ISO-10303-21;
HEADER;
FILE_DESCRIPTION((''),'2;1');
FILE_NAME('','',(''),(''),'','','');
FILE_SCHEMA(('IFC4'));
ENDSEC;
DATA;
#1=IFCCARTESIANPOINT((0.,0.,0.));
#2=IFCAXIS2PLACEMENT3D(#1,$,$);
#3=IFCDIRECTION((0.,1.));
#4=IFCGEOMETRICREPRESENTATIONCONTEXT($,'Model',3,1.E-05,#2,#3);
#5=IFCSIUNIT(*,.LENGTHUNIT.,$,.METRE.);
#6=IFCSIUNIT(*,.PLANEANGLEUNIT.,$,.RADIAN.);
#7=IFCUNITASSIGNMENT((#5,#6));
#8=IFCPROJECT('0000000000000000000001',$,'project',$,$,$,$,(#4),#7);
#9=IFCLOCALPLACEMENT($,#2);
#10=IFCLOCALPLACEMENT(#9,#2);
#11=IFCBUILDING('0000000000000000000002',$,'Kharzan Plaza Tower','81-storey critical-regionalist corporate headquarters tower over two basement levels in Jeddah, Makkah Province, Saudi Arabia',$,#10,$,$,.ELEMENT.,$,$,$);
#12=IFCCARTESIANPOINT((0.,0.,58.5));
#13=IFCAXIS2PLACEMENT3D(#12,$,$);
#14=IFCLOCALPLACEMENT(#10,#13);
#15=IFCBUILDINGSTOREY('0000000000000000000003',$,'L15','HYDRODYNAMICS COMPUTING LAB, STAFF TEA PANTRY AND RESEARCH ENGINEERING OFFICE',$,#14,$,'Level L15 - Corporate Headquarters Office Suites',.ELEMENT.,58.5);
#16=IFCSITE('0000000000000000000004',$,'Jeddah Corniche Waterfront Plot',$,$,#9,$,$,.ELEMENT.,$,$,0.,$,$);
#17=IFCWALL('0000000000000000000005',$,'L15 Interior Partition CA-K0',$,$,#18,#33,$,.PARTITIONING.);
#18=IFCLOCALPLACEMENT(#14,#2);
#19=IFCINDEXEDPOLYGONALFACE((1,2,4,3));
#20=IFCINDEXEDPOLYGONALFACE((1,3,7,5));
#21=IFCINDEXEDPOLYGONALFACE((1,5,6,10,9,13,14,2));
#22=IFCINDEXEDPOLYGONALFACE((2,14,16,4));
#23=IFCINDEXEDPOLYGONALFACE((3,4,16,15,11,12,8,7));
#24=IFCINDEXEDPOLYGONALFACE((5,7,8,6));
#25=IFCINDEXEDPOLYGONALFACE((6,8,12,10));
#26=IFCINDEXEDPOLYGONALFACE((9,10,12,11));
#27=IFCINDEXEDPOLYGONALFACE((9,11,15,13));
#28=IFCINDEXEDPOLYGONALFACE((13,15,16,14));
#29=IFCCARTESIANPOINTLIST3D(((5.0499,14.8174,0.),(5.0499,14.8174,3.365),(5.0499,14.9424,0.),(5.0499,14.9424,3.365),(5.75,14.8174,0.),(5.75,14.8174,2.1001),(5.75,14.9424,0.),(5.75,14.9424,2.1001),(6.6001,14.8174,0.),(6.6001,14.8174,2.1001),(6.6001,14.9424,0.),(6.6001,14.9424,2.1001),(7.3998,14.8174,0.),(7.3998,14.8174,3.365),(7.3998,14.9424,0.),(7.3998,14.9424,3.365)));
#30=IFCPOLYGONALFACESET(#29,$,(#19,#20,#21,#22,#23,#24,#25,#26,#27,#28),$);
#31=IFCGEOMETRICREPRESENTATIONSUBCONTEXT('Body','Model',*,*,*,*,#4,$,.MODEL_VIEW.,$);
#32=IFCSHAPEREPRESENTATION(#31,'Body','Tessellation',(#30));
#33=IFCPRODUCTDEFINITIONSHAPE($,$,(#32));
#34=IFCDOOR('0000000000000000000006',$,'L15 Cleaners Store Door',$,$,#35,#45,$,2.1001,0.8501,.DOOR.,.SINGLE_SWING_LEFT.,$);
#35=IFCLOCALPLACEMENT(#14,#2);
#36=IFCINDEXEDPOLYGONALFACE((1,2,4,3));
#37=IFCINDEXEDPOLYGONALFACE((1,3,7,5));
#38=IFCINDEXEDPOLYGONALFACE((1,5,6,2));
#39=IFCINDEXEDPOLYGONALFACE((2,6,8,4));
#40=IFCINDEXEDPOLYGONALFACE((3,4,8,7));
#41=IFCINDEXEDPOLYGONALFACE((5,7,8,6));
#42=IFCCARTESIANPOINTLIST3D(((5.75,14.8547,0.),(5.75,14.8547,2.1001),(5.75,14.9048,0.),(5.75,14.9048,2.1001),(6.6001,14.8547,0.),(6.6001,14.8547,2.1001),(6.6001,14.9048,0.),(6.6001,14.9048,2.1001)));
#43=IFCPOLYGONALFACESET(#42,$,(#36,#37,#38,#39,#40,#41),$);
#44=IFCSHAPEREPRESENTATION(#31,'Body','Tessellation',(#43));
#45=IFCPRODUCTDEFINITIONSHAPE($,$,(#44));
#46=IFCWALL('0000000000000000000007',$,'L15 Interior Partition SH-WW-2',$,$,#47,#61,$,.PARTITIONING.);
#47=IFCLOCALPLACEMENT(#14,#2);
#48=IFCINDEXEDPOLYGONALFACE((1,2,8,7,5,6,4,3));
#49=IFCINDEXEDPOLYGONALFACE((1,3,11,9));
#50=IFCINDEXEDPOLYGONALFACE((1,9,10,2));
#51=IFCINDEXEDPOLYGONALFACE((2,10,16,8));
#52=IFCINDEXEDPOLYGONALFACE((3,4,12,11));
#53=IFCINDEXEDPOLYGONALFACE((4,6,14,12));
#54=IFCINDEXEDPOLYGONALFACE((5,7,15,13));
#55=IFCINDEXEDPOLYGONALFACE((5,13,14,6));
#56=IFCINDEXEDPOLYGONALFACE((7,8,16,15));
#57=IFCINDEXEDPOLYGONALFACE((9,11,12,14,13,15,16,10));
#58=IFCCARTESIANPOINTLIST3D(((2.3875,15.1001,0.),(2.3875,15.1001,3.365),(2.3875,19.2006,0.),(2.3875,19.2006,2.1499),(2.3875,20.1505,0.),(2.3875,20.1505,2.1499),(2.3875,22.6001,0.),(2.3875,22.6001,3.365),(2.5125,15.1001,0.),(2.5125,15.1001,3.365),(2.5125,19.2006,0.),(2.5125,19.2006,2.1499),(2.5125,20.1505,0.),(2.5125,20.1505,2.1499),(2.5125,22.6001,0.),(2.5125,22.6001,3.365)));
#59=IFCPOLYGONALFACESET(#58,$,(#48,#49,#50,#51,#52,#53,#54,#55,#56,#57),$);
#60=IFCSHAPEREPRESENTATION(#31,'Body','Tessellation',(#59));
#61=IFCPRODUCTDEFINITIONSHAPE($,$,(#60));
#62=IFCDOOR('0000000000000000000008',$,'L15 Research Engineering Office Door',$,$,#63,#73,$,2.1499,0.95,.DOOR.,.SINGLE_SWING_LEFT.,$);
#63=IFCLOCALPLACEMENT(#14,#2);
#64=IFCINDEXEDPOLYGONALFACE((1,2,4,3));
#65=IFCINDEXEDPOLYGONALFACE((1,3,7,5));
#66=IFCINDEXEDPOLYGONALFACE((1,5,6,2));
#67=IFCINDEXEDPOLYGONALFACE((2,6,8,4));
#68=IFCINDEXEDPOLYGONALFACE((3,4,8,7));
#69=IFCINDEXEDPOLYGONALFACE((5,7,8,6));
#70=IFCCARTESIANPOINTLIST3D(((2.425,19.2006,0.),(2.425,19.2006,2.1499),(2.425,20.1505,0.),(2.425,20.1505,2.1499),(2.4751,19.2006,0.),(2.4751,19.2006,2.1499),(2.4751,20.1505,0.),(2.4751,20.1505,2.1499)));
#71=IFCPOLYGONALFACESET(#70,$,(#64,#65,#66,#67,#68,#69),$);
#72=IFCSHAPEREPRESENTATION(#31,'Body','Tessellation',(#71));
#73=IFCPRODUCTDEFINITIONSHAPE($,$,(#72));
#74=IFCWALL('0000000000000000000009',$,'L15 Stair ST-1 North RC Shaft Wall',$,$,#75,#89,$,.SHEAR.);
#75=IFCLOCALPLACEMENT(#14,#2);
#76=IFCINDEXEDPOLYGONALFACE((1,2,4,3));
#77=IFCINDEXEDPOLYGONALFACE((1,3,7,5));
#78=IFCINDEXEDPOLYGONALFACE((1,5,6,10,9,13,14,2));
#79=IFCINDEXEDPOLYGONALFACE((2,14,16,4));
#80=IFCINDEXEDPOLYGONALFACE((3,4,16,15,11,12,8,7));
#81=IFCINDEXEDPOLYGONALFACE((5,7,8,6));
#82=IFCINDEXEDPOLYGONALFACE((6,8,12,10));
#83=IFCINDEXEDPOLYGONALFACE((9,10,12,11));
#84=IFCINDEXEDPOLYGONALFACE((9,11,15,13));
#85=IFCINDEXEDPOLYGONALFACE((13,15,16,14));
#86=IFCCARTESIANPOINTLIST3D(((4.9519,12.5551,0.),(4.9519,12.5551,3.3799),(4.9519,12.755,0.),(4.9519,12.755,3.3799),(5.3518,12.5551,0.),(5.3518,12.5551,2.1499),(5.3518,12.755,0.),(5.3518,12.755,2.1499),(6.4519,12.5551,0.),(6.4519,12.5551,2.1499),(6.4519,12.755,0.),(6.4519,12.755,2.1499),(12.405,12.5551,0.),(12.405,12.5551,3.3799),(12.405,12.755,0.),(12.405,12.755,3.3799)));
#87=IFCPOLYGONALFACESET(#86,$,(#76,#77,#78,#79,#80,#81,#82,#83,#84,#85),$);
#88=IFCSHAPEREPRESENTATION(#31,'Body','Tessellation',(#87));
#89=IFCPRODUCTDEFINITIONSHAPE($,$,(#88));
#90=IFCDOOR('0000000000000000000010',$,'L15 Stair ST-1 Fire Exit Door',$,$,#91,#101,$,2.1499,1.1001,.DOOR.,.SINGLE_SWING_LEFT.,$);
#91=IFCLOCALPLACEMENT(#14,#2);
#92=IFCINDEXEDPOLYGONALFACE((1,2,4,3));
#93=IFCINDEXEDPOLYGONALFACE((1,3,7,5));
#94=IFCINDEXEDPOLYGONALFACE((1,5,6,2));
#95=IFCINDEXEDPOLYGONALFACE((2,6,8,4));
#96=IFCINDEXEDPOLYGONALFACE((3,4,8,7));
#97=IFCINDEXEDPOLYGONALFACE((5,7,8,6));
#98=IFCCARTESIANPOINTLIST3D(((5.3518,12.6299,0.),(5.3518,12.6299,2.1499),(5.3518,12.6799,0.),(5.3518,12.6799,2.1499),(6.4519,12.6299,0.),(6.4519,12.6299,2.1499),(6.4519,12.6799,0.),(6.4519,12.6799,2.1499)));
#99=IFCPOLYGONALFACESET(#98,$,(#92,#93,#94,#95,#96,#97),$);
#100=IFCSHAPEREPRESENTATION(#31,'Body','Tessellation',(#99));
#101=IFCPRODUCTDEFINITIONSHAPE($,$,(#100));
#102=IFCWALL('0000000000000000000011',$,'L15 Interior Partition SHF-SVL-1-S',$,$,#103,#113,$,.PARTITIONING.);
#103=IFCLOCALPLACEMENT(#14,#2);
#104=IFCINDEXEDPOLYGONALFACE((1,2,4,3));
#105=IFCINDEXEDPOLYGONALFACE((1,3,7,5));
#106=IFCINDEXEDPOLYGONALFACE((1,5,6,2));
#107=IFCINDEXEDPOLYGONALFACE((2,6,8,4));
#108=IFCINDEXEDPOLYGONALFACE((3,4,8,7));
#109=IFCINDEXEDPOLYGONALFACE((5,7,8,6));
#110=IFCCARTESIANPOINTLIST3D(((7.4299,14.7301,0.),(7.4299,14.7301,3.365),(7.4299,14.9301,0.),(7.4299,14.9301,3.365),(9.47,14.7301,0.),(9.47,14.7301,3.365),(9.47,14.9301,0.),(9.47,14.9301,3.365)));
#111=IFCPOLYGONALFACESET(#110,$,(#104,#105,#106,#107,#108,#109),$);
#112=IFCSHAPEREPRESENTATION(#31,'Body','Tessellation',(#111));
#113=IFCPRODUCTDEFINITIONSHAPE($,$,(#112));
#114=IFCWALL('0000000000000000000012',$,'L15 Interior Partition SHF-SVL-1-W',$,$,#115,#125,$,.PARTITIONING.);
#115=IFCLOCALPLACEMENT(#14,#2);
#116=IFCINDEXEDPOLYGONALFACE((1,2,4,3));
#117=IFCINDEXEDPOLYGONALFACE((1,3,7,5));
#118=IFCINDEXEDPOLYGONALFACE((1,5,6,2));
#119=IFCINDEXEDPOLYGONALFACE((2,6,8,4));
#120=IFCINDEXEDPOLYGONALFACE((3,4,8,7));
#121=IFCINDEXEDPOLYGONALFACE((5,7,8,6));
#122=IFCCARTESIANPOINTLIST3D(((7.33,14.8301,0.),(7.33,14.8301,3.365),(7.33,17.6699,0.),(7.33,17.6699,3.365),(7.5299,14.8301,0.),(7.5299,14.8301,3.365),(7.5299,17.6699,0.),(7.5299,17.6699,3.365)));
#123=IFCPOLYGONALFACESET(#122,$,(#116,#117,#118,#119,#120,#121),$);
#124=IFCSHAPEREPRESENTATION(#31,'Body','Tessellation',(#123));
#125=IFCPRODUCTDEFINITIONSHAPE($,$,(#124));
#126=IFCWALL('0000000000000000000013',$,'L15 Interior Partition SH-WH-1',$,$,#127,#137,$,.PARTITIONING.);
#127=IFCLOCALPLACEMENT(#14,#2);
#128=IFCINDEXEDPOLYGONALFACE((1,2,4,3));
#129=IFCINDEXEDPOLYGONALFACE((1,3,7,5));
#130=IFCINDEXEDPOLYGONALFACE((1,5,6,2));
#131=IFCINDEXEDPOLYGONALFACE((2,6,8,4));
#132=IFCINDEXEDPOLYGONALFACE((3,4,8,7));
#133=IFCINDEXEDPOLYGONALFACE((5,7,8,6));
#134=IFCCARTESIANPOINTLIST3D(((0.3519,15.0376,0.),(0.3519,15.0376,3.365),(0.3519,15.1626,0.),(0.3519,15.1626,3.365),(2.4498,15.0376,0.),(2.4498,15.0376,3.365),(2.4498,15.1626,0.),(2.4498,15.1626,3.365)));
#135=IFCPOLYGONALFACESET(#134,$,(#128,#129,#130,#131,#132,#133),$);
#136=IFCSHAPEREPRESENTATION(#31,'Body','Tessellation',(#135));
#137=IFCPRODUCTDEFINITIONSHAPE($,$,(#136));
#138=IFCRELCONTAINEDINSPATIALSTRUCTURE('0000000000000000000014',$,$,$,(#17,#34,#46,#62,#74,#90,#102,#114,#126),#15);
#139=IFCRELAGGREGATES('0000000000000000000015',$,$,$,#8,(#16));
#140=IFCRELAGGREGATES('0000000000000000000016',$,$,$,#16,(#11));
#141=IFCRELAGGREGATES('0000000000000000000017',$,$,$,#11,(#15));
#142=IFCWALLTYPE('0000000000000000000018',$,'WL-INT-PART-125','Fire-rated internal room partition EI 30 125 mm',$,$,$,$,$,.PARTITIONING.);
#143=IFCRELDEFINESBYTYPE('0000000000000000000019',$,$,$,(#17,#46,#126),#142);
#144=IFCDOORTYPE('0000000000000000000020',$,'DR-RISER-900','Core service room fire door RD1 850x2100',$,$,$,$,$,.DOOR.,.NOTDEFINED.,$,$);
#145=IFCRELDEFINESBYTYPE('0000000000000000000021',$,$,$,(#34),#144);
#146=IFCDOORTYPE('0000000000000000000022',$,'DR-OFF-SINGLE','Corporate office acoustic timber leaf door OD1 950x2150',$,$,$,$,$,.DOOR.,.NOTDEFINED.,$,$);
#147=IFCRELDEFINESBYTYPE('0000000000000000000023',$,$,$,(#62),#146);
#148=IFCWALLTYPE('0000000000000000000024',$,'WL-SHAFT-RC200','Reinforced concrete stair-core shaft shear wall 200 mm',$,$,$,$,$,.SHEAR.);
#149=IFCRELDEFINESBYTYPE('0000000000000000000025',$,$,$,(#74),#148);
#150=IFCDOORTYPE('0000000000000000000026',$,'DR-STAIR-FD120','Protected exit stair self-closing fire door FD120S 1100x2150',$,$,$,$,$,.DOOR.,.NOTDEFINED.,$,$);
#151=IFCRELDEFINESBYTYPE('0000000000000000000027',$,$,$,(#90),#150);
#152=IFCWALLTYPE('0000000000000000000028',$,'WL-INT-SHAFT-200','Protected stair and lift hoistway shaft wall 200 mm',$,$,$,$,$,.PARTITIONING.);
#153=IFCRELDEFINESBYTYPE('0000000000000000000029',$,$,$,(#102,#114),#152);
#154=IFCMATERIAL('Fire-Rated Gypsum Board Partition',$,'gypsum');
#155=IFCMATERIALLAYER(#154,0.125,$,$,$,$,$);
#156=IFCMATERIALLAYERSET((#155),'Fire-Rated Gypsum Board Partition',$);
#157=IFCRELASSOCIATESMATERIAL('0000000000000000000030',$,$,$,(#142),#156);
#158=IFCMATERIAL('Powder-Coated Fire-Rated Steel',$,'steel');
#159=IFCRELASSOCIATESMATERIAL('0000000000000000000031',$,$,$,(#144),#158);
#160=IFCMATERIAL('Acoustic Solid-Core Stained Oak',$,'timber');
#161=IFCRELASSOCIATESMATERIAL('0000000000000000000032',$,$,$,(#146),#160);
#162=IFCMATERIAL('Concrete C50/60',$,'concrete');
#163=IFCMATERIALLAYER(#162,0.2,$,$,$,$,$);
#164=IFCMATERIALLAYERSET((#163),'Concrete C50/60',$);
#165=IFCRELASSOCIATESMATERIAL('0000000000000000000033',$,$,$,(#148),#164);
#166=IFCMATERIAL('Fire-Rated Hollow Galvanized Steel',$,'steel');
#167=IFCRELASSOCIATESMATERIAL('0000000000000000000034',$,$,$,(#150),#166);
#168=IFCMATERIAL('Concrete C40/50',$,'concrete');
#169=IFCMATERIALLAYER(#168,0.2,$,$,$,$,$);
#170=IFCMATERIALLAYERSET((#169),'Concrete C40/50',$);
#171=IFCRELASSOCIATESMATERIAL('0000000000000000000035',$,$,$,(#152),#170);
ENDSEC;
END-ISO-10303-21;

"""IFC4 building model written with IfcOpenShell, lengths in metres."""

from ifc_helpers import new_model, si_unit, direction, frame, frame_2d, origin, place, context, subcontext, project, spatial, rectangle, extrude, source, transform, mapped, material, layer, layer_set, type_object, element, fill, save


model = new_model("IFC4")

# Units and contexts
model_context = context("Model", 3, precision=1e-05, world=origin(), true_north=direction((0.0, 1.0)))
body_context = subcontext(model_context, "Body", "Model", "MODEL_VIEW")
ifc_project = project(units=[si_unit("LENGTHUNIT", "METRE"), si_unit("PLANEANGLEUNIT", "RADIAN")], contexts=[model_context])

# Site, building, storey
site_placement = place(None, origin())
site = spatial("IfcSite", under=ifc_project, at=site_placement, Name="Jeddah Corniche Waterfront Plot", CompositionType="ELEMENT", RefElevation=0.0)
building_placement = place(site_placement, origin())
building = spatial("IfcBuilding", under=site, at=building_placement, Name="Kharzan Plaza Tower", Description="81-storey critical-regionalist corporate headquarters tower over two basement levels in Jeddah, Makkah Province, Saudi Arabia", CompositionType="ELEMENT")
storey_placement = place(building_placement, frame((0.0, 0.0, 58.5)))
storey = spatial("IfcBuildingStorey", under=building, at=storey_placement, Name="L15", Description="HYDRODYNAMICS COMPUTING LAB, STAFF TEA PANTRY AND RESEARCH ENGINEERING OFFICE", LongName="Level L15 - Corporate Headquarters Office Suites", CompositionType="ELEMENT", Elevation=58.5)

# Shared definitions
ifc_material_1 = material(Name="Concrete C40/50", Category="concrete")

# Walls, openings, doors
ifc_material_2 = material(Name="Fire-Rated Gypsum Board Partition", Category="gypsum")
ifc_layer_1 = layer(ifc_material_2, 0.125)
ifc_layer_set_1 = layer_set([ifc_layer_1], Name="Fire-Rated Gypsum Board Partition")
wall_type_1 = type_object("IfcWallType", Name="WL-INT-PART-125", Description="Fire-rated internal room partition EI 30 125 mm", PredefinedType="PARTITIONING", material=ifc_layer_set_1)
wall_1_placement = place(storey_placement, frame((5.05, 14.8799, 0.0), z_axis=(0.0, 0.0, 1.0), x_axis=(1.0, 0.0, 0.0)))
wall_1 = element("IfcWall", 1, at=wall_1_placement, inside=storey, type_object=wall_type_1, Name="L15 Interior Partition CA-K0", PredefinedType="PARTITIONING", context=body_context, shape_type="SweptSolid", body=[
    extrude(rectangle(XDim=2.3499, YDim=0.125, at=frame_2d((1.1748, 0.0))), origin(), (0.0, 0.0, 1.0), 3.365),
])
opening_1_placement = place(wall_1_placement, frame((0.7, 0.0, 0.0)))
opening_1 = element("IfcOpeningElement", 2, at=opening_1_placement, cuts=wall_1, PredefinedType="OPENING", context=body_context, shape_type="SweptSolid", body=[
    extrude(rectangle(XDim=0.8501, YDim=2.1001, at=frame_2d((0.425, 1.05))), frame((0.0, 0.0725, 0.0), z_axis=(0.0, -1.0, 0.0), x_axis=(1.0, 0.0, 0.0)), (0.0, 0.0, 1.0), 0.145),
])
ifc_material_3 = material(Name="Powder-Coated Fire-Rated Steel", Category="steel")
door_type_1 = type_object("IfcDoorType", Name="DR-RISER-900", Description="Core service room fire door RD1 850x2100", OperationType="NOTDEFINED", PredefinedType="DOOR", material=ifc_material_3)
shared_shape_1 = source(origin(), body_context, "Body", "SweptSolid", [
    extrude(rectangle(XDim=0.8501, YDim=2.1001, at=frame_2d((0.425, 1.05))), frame((0.0, 0.0249, 0.0), z_axis=(0.0, -1.0, 0.0), x_axis=(1.0, 0.0, 0.0)), (0.0, 0.0, 1.0), 0.05),
])
door_1_placement = place(opening_1_placement, origin())
door_1 = element("IfcDoor", 3, at=door_1_placement, inside=storey, type_object=door_type_1, Name="L15 Cleaners Store Door", OperationType="SINGLE_SWING_LEFT", OverallHeight=2.1001, OverallWidth=0.8501, PredefinedType="DOOR", context=body_context, shape_type="MappedRepresentation", body=[
    mapped(shared_shape_1, transform((0.0, 0.0, 0.0), x_axis=(1.0, 0.0, 0.0), y_axis=(0.0, 1.0, 0.0), z_axis=(0.0, 0.0, 1.0))),
])
fill(opening_1, door_1)
wall_2_placement = place(storey_placement, frame((2.45, 15.1001, 0.0), z_axis=(0.0, 0.0, 1.0), x_axis=(0.0, 1.0, 0.0)))
wall_2 = element("IfcWall", 4, at=wall_2_placement, inside=storey, type_object=wall_type_1, Name="L15 Interior Partition SH-WW-2", PredefinedType="PARTITIONING", context=body_context, shape_type="SweptSolid", body=[
    extrude(rectangle(XDim=7.5, YDim=0.125, at=frame_2d((3.75, 0.0))), origin(), (0.0, 0.0, 1.0), 3.365),
])
opening_2_placement = place(wall_2_placement, frame((4.1003, 0.0, 0.0)))
opening_2 = element("IfcOpeningElement", 5, at=opening_2_placement, cuts=wall_2, PredefinedType="OPENING", context=body_context, shape_type="SweptSolid", body=[
    extrude(rectangle(XDim=0.95, YDim=2.1499, at=frame_2d((0.4751, 1.075))), frame((0.0, 0.0725, 0.0), z_axis=(0.0, -1.0, 0.0), x_axis=(1.0, 0.0, 0.0)), (0.0, 0.0, 1.0), 0.145),
])
ifc_material_4 = material(Name="Acoustic Solid-Core Stained Oak", Category="timber")
door_type_2 = type_object("IfcDoorType", Name="DR-OFF-SINGLE", Description="Corporate office acoustic timber leaf door OD1 950x2150", OperationType="NOTDEFINED", PredefinedType="DOOR", material=ifc_material_4)
shared_shape_2 = source(origin(), body_context, "Body", "SweptSolid", [
    extrude(rectangle(XDim=0.95, YDim=2.1499, at=frame_2d((0.4751, 1.075))), frame((0.0, 0.0249, 0.0), z_axis=(0.0, -1.0, 0.0), x_axis=(1.0, 0.0, 0.0)), (0.0, 0.0, 1.0), 0.05),
])
door_2_placement = place(opening_2_placement, origin())
door_2 = element("IfcDoor", 6, at=door_2_placement, inside=storey, type_object=door_type_2, Name="L15 Research Engineering Office Door", OperationType="SINGLE_SWING_LEFT", OverallHeight=2.1499, OverallWidth=0.95, PredefinedType="DOOR", context=body_context, shape_type="MappedRepresentation", body=[
    mapped(shared_shape_2, transform((0.0, 0.0, 0.0), x_axis=(1.0, 0.0, 0.0), y_axis=(0.0, 1.0, 0.0), z_axis=(0.0, 0.0, 1.0))),
])
fill(opening_2, door_2)
ifc_material_5 = material(Name="Concrete C50/60", Category="concrete")
ifc_layer_2 = layer(ifc_material_5, 0.2)
ifc_layer_set_2 = layer_set([ifc_layer_2], Name="Concrete C50/60")
wall_type_2 = type_object("IfcWallType", Name="WL-SHAFT-RC200", Description="Reinforced concrete stair-core shaft shear wall 200 mm", PredefinedType="SHEAR", material=ifc_layer_set_2)
wall_3_placement = place(storey_placement, frame((4.9519, 12.655, 0.0), z_axis=(0.0, 0.0, 1.0), x_axis=(1.0, 0.0, 0.0)))
wall_3 = element("IfcWall", 7, at=wall_3_placement, inside=storey, type_object=wall_type_2, Name="L15 Stair ST-1 North RC Shaft Wall", PredefinedType="SHEAR", context=body_context, shape_type="SweptSolid", body=[
    extrude(rectangle(XDim=7.4531, YDim=0.2, at=frame_2d((3.7266, 0.0))), origin(), (0.0, 0.0, 1.0), 3.3799),
])
opening_3_placement = place(wall_3_placement, frame((0.3999, 0.0, 0.0)))
opening_3 = element("IfcOpeningElement", 8, at=opening_3_placement, cuts=wall_3, PredefinedType="OPENING", context=body_context, shape_type="SweptSolid", body=[
    extrude(rectangle(XDim=1.1001, YDim=2.1499, at=frame_2d((0.55, 1.075))), frame((0.0, 0.1099, 0.0), z_axis=(0.0, -1.0, 0.0), x_axis=(1.0, 0.0, 0.0)), (0.0, 0.0, 1.0), 0.22),
])
ifc_material_6 = material(Name="Fire-Rated Hollow Galvanized Steel", Category="steel")
door_type_3 = type_object("IfcDoorType", Name="DR-STAIR-FD120", Description="Protected exit stair self-closing fire door FD120S 1100x2150", OperationType="NOTDEFINED", PredefinedType="DOOR", material=ifc_material_6)
shared_shape_3 = source(origin(), body_context, "Body", "SweptSolid", [
    extrude(rectangle(XDim=1.1001, YDim=2.1499, at=frame_2d((0.55, 1.075))), frame((0.0, 0.0249, 0.0), z_axis=(0.0, -1.0, 0.0), x_axis=(1.0, 0.0, 0.0)), (0.0, 0.0, 1.0), 0.05),
])
door_3_placement = place(opening_3_placement, origin())
door_3 = element("IfcDoor", 9, at=door_3_placement, inside=storey, type_object=door_type_3, Name="L15 Stair ST-1 Fire Exit Door", OperationType="SINGLE_SWING_LEFT", OverallHeight=2.1499, OverallWidth=1.1001, PredefinedType="DOOR", context=body_context, shape_type="MappedRepresentation", body=[
    mapped(shared_shape_3, transform((0.0, 0.0, 0.0), x_axis=(1.0, 0.0, 0.0), y_axis=(0.0, 1.0, 0.0), z_axis=(0.0, 0.0, 1.0))),
])
fill(opening_3, door_3)

# Walls
ifc_layer_3 = layer(ifc_material_1, 0.2)
ifc_layer_set_3 = layer_set([ifc_layer_3], Name="Concrete C40/50")
wall_type_3 = type_object("IfcWallType", Name="WL-INT-SHAFT-200", Description="Protected stair and lift hoistway shaft wall 200 mm", PredefinedType="PARTITIONING", material=ifc_layer_set_3)
shared_shape_4 = source(origin(), body_context, "Body", "SweptSolid", [
    extrude(rectangle(XDim=2.04, YDim=0.2, at=frame_2d((1.02, 0.0))), origin(), (0.0, 0.0, 1.0), 3.365),
])
wall_4_placement = place(storey_placement, frame((7.4299, 14.8301, 0.0), z_axis=(0.0, 0.0, 1.0), x_axis=(1.0, 0.0, 0.0)))
element("IfcWall", 10, at=wall_4_placement, inside=storey, type_object=wall_type_3, Name="L15 Interior Partition SHF-SVL-1-S", PredefinedType="PARTITIONING", context=body_context, shape_type="MappedRepresentation", body=[
    mapped(shared_shape_4, transform((0.0, 0.0, 0.0), x_axis=(1.0, 0.0, 0.0), y_axis=(0.0, 1.0, 0.0), z_axis=(0.0, 0.0, 1.0))),
])
shared_shape_5 = source(origin(), body_context, "Body", "SweptSolid", [
    extrude(rectangle(XDim=2.8398, YDim=0.2, at=frame_2d((1.4199, 0.0))), origin(), (0.0, 0.0, 1.0), 3.365),
])
wall_5_placement = place(storey_placement, frame((7.4299, 14.8301, 0.0), z_axis=(0.0, 0.0, 1.0), x_axis=(0.0, 1.0, 0.0)))
element("IfcWall", 11, at=wall_5_placement, inside=storey, type_object=wall_type_3, Name="L15 Interior Partition SHF-SVL-1-W", PredefinedType="PARTITIONING", context=body_context, shape_type="MappedRepresentation", body=[
    mapped(shared_shape_5, transform((0.0, 0.0, 0.0), x_axis=(1.0, 0.0, 0.0), y_axis=(0.0, 1.0, 0.0), z_axis=(0.0, 0.0, 1.0))),
])
shared_shape_6 = source(origin(), body_context, "Body", "SweptSolid", [
    extrude(rectangle(XDim=2.0979, YDim=0.125, at=frame_2d((1.0488, 0.0))), origin(), (0.0, 0.0, 1.0), 3.365),
])
wall_6_placement = place(storey_placement, frame((0.3521, 15.1001, 0.0), z_axis=(0.0, 0.0, 1.0), x_axis=(1.0, 0.0, 0.0)))
element("IfcWall", 12, at=wall_6_placement, inside=storey, type_object=wall_type_1, Name="L15 Interior Partition SH-WH-1", PredefinedType="PARTITIONING", context=body_context, shape_type="MappedRepresentation", body=[
    mapped(shared_shape_6, transform((0.0, 0.0, 0.0), x_axis=(1.0, 0.0, 0.0), y_axis=(0.0, 1.0, 0.0), z_axis=(0.0, 0.0, 1.0))),
])

save(model, "model.ifc")
